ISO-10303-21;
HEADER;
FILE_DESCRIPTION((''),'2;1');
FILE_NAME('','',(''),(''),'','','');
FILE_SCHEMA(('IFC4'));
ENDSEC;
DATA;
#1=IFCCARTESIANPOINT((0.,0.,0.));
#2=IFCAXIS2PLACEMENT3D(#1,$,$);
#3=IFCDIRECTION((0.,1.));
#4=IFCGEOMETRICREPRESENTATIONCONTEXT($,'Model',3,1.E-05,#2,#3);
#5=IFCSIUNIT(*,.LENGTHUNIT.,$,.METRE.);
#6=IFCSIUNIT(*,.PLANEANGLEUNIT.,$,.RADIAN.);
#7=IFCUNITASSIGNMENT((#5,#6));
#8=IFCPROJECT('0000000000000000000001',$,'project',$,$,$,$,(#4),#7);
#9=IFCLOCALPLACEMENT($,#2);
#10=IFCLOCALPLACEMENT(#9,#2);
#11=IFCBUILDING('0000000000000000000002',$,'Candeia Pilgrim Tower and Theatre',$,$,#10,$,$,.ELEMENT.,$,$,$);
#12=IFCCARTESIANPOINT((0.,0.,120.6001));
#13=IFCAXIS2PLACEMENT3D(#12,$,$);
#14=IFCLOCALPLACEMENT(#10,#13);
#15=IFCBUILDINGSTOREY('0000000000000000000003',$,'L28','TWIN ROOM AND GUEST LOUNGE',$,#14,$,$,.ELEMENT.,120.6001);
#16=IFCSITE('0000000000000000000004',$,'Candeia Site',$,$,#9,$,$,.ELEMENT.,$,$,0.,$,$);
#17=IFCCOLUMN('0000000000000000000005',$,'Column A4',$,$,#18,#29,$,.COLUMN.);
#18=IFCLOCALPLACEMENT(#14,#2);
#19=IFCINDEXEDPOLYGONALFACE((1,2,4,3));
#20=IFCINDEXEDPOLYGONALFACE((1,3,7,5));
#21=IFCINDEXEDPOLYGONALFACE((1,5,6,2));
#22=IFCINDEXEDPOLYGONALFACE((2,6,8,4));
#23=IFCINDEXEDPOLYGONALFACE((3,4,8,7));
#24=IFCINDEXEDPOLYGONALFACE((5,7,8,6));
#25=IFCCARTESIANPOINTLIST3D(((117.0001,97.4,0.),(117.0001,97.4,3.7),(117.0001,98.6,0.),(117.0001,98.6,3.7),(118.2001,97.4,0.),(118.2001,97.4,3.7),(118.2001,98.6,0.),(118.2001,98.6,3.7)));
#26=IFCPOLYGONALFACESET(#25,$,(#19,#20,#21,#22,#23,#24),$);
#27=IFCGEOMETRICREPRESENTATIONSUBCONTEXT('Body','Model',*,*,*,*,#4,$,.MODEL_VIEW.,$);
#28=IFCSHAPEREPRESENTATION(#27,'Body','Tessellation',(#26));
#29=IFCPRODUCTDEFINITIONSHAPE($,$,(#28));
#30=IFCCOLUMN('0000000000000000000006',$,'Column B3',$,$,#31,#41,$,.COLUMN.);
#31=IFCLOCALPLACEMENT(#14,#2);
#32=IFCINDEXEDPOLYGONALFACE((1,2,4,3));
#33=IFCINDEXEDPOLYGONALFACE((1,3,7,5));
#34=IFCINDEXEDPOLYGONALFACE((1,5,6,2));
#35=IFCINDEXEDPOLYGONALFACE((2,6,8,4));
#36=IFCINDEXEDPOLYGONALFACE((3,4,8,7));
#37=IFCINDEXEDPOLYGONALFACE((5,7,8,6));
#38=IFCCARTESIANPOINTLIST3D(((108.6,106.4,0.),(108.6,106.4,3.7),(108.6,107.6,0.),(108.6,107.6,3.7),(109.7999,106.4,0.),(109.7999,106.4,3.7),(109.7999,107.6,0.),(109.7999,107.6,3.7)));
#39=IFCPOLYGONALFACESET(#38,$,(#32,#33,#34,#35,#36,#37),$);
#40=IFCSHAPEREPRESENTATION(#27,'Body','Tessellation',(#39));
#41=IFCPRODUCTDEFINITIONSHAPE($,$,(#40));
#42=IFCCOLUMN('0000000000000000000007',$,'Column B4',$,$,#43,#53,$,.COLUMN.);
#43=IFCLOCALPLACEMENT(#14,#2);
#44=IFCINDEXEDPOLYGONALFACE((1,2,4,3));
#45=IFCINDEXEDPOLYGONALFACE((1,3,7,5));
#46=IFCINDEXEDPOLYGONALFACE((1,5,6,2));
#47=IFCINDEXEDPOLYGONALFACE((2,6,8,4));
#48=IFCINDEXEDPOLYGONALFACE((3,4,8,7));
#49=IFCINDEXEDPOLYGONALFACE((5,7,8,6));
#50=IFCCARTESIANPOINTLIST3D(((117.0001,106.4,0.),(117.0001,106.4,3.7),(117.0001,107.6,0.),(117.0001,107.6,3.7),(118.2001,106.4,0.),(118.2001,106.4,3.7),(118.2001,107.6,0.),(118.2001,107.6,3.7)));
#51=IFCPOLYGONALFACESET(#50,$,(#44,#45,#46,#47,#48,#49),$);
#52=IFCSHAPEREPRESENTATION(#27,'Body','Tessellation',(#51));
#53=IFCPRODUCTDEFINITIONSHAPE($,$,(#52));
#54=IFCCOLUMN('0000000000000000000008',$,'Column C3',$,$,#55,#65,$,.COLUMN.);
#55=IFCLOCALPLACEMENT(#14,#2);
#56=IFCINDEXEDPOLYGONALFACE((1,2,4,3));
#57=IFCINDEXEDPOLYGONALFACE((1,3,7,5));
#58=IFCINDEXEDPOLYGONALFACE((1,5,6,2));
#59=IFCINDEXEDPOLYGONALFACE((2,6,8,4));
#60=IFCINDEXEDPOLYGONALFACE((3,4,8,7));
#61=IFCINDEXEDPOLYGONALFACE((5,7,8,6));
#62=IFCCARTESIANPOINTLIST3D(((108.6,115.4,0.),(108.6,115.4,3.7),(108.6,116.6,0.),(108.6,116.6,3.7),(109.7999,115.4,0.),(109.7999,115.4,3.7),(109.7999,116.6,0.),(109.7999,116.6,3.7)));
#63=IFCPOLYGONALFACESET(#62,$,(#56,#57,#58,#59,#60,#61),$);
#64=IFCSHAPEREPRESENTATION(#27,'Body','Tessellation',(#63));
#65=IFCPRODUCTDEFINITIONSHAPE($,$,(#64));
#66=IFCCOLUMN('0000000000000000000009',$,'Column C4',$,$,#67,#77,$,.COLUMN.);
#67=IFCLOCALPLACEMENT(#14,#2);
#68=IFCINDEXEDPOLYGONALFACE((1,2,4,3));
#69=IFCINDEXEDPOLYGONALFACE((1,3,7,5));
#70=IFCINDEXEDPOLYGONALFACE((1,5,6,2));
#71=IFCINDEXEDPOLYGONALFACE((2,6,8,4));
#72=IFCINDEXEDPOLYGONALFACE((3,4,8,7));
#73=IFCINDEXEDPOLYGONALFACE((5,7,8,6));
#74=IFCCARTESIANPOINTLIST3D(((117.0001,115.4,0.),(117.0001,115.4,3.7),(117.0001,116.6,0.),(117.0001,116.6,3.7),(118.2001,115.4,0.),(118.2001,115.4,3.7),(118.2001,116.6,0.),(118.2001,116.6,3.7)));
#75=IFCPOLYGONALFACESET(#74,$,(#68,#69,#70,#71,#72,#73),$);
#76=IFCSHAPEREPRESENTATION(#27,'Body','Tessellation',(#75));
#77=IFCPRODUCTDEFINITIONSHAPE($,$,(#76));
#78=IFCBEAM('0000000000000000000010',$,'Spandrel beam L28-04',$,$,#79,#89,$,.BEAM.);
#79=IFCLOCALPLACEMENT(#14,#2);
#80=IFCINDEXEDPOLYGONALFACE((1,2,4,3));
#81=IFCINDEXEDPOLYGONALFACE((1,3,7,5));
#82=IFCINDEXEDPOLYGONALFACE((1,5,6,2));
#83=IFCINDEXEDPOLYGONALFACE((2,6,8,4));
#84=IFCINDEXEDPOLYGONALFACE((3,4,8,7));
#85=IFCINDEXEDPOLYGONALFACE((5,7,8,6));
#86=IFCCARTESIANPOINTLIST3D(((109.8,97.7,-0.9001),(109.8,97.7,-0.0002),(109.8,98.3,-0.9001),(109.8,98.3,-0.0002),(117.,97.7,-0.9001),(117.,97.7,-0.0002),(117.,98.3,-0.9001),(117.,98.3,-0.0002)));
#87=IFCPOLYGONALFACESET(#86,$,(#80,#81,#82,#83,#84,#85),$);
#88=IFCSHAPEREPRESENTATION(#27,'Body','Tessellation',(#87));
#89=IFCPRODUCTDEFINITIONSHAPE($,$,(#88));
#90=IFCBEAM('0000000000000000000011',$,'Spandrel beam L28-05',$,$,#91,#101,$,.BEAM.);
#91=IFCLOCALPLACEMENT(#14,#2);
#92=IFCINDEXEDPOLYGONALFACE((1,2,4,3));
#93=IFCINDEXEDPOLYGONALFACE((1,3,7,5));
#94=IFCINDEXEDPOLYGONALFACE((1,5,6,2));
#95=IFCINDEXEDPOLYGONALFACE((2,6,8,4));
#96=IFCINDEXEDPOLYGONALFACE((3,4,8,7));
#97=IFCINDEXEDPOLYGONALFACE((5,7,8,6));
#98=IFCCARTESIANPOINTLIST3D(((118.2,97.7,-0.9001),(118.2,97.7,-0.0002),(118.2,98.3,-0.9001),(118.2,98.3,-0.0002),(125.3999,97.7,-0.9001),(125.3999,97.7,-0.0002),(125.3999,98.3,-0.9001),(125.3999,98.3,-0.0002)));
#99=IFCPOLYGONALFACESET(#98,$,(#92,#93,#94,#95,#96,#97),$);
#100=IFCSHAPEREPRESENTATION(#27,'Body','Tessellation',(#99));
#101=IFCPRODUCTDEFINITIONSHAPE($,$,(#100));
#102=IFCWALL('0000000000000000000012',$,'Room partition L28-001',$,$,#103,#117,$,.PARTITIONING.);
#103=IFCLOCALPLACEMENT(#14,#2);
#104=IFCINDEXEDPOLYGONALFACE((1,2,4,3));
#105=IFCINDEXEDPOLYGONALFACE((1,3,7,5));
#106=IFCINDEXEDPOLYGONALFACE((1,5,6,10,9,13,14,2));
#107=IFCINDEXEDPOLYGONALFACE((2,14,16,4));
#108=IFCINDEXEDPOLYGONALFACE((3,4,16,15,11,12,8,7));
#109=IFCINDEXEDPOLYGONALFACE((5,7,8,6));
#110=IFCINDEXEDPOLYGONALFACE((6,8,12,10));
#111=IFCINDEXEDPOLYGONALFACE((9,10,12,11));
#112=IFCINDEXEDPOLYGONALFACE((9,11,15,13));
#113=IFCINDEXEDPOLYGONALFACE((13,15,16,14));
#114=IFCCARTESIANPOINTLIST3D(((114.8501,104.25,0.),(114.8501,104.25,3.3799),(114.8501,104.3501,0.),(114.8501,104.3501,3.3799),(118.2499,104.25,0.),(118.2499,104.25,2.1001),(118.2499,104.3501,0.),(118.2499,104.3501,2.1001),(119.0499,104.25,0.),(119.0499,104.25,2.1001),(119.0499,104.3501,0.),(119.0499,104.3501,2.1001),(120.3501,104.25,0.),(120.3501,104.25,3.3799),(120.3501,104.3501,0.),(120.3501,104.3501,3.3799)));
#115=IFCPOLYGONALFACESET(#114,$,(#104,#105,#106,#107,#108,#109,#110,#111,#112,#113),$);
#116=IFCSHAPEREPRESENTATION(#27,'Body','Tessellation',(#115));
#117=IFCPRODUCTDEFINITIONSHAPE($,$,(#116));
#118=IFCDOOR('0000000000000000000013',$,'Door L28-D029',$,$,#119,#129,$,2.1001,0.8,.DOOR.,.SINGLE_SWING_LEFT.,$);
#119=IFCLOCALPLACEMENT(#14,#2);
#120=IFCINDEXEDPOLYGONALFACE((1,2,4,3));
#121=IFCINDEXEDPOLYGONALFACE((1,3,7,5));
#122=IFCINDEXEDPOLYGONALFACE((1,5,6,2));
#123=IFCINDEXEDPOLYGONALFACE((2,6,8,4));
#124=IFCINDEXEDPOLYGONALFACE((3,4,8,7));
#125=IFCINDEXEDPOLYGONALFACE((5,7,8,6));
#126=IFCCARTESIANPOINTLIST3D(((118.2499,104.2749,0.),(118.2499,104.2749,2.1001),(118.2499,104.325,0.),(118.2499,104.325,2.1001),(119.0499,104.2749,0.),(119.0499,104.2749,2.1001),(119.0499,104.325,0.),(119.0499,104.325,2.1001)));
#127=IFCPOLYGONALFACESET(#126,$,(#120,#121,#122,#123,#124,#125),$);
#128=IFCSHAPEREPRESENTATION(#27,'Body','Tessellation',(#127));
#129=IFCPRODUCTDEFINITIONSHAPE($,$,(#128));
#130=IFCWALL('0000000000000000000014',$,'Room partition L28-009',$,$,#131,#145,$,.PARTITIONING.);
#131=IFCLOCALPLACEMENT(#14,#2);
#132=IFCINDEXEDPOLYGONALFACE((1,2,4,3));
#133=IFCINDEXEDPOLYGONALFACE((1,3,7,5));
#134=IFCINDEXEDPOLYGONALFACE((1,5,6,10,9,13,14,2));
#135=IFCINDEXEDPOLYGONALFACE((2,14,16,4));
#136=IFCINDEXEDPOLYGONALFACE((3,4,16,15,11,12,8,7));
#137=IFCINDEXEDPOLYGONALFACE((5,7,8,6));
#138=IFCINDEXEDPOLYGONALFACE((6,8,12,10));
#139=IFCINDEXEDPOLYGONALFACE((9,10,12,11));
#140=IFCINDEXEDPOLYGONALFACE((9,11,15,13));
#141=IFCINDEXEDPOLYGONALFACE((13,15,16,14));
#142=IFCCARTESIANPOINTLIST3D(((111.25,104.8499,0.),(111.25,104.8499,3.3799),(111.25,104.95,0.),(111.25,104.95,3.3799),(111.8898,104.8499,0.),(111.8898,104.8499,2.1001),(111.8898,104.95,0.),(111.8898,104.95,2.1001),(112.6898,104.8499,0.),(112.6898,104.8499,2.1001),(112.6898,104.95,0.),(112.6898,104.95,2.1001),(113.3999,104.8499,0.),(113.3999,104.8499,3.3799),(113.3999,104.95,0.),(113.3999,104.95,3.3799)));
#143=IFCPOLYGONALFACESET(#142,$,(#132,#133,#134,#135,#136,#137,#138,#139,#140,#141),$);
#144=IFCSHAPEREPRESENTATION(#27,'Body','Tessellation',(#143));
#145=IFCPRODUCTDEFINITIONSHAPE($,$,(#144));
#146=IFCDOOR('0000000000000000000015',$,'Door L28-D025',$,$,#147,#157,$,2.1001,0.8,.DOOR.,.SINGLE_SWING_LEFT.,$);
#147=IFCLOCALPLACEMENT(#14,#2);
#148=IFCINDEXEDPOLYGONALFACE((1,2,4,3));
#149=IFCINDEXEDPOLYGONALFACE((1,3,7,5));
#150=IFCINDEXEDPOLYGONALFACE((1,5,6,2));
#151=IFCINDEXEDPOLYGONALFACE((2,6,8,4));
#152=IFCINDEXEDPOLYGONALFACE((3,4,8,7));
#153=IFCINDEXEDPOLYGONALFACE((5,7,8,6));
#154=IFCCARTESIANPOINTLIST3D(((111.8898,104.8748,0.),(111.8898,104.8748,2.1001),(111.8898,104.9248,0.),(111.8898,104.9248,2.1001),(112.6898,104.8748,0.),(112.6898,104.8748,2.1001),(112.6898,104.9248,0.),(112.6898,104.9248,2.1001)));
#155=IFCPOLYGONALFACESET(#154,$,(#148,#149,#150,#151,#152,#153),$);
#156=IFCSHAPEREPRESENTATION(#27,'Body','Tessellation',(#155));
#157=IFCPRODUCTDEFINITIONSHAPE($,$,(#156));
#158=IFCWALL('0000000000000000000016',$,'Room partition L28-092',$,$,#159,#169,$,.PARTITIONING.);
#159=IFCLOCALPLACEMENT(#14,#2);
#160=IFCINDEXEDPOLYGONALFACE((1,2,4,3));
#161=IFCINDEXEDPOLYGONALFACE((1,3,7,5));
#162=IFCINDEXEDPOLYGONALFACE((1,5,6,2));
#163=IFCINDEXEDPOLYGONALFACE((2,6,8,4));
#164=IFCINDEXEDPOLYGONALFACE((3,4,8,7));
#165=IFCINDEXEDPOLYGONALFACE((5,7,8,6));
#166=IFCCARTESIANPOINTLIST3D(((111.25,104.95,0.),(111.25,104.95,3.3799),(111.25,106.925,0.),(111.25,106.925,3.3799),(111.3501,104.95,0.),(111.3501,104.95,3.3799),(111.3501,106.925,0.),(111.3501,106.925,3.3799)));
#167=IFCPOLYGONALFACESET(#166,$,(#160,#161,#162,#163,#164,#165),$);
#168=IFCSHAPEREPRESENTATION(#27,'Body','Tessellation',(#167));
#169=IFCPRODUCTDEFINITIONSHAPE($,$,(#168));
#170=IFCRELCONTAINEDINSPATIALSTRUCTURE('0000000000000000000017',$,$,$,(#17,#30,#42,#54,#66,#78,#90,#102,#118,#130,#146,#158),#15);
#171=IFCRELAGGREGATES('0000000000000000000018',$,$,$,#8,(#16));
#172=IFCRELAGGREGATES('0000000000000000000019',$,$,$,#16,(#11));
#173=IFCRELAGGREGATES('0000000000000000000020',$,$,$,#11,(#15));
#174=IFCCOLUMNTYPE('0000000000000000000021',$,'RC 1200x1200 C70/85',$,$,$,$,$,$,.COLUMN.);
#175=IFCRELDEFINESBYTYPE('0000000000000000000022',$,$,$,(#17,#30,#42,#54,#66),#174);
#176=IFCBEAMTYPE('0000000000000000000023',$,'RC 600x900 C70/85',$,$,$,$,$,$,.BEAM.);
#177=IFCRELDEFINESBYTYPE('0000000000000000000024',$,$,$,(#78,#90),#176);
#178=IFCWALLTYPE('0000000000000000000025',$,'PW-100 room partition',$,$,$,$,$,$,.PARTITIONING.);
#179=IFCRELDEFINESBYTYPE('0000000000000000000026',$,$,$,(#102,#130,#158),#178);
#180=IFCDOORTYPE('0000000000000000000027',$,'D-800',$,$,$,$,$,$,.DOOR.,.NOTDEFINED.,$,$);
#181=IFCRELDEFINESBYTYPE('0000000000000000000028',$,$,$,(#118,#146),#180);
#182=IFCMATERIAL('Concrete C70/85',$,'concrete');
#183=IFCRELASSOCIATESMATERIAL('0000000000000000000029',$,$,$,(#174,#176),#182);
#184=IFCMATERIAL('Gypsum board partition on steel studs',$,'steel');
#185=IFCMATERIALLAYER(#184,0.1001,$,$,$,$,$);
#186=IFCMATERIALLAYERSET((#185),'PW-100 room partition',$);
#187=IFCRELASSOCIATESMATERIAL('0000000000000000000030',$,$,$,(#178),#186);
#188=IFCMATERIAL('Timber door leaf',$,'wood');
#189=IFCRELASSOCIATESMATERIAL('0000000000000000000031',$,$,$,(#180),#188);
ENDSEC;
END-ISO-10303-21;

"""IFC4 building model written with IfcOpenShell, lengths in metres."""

from ifc_helpers import new_model, si_unit, direction, frame, frame_2d, origin, origin_2d, place, context, subcontext, project, spatial, rectangle, extrude, material, layer, layer_set, material_profile, profile_set, type_object, element, fill, save


model = new_model("IFC4")

# Units and contexts
model_context = context("Model", 3, precision=1e-05, world=origin(), true_north=direction((0.0, 1.0)))
body_context = subcontext(model_context, "Body", "Model", "MODEL_VIEW")
ifc_project = project(units=[si_unit("LENGTHUNIT", "METRE"), si_unit("PLANEANGLEUNIT", "RADIAN")], contexts=[model_context])

# Site, building, storey
site_placement = place(None, origin())
site = spatial("IfcSite", under=ifc_project, at=site_placement, Name="Candeia Site", CompositionType="ELEMENT", RefElevation=0.0)
building_placement = place(site_placement, origin())
building = spatial("IfcBuilding", under=site, at=building_placement, Name="Candeia Pilgrim Tower and Theatre", CompositionType="ELEMENT")
storey_placement = place(building_placement, frame((0.0, 0.0, 120.6001)))
storey = spatial("IfcBuildingStorey", under=building, at=storey_placement, Name="L28", Description="TWIN ROOM AND GUEST LOUNGE", CompositionType="ELEMENT", Elevation=120.6001)

# Columns
ifc_material_1 = material(Name="Concrete C70/85", Category="concrete")
ifc_material_profile_1 = material_profile(ifc_material_1, rectangle(XDim=1.2, YDim=1.2, at=origin_2d()))
ifc_profile_set_1 = profile_set([ifc_material_profile_1], Name="Concrete C70/85")
column_type = type_object("IfcColumnType", Name="RC 1200x1200 C70/85", PredefinedType="COLUMN", material=ifc_profile_set_1)
for number, where, z_axis, x_axis, name in (
    (1, (117.6001, 98.0, 0.0), (0.0, 0.0, 1.0), (1.0, 0.0, 0.0), "Column A4"),
    (2, (109.2, 107.0, 0.0), (0.0, 0.0, 1.0), (1.0, 0.0, 0.0), "Column B3"),
    (3, (117.6001, 107.0, 0.0), (0.0, 0.0, 1.0), (1.0, 0.0, 0.0), "Column B4"),
    (4, (109.2, 116.0, 0.0), (0.0, 0.0, 1.0), (1.0, 0.0, 0.0), "Column C3"),
    (5, (117.6001, 116.0, 0.0), (0.0, 0.0, 1.0), (1.0, 0.0, 0.0), "Column C4"),
):
    element("IfcColumn", number, at=place(storey_placement, frame(where, z_axis=z_axis, x_axis=x_axis)), inside=storey, type_object=column_type, Name=name, PredefinedType="COLUMN", context=body_context, shape_type="SweptSolid", body=[
        extrude(rectangle(XDim=1.2, YDim=1.2, at=origin_2d()), origin(), (0.0, 0.0, 1.0), 3.7),
    ])

# Beams
ifc_material_profile_2 = material_profile(ifc_material_1, rectangle(XDim=0.6001, YDim=0.8999, at=origin_2d()))
ifc_profile_set_2 = profile_set([ifc_material_profile_2], Name="Concrete C70/85")
beam_type = type_object("IfcBeamType", Name="RC 600x900 C70/85", PredefinedType="BEAM", material=ifc_profile_set_2)
for number, where, z_axis, x_axis, name in (
    (6, (109.8, 98.0, -0.4502), (1.0, 0.0, 0.0), (0.0, 1.0, 0.0), "Spandrel beam L28-04"),
    (7, (118.2, 98.0, -0.4502), (1.0, 0.0, 0.0), (0.0, 1.0, 0.0), "Spandrel beam L28-05"),
):
    element("IfcBeam", number, at=place(storey_placement, frame(where, z_axis=z_axis, x_axis=x_axis)), inside=storey, type_object=beam_type, Name=name, PredefinedType="BEAM", context=body_context, shape_type="SweptSolid", body=[
        extrude(rectangle(XDim=0.6001, YDim=0.8999, at=origin_2d()), origin(), (0.0, 0.0, 1.0), 7.2),
    ])

# Walls, openings, doors
ifc_material_2 = material(Name="Gypsum board partition on steel studs", Category="steel")
ifc_layer_1 = layer(ifc_material_2, 0.1001)
ifc_layer_set_1 = layer_set([ifc_layer_1], Name="PW-100 room partition")
wall_type_1 = type_object("IfcWallType", Name="PW-100 room partition", PredefinedType="PARTITIONING", material=ifc_layer_set_1)
wall_1_placement = place(storey_placement, frame((114.8501, 104.3, 0.0), z_axis=(0.0, 0.0, 1.0), x_axis=(1.0, 0.0, 0.0)))
wall_1 = element("IfcWall", 8, at=wall_1_placement, inside=storey, type_object=wall_type_1, Name="Room partition L28-001", PredefinedType="PARTITIONING", context=body_context, shape_type="SweptSolid", body=[
    extrude(rectangle(XDim=5.5, YDim=0.1001, at=frame_2d((2.75, 0.0))), origin(), (0.0, 0.0, 1.0), 3.3799),
])
opening_1_placement = place(wall_1_placement, frame((3.3999, 0.0, 0.0)))
opening_1 = element("IfcOpeningElement", 9, at=opening_1_placement, cuts=wall_1, PredefinedType="OPENING", context=body_context, shape_type="SweptSolid", body=[
    extrude(rectangle(XDim=0.8, YDim=2.1001, at=frame_2d((0.3999, 1.05))), frame((0.0, 0.0601, 0.0), z_axis=(0.0, -1.0, 0.0), x_axis=(1.0, 0.0, 0.0)), (0.0, 0.0, 1.0), 0.1201),
])
ifc_material_3 = material(Name="Timber door leaf", Category="wood")
door_type_1 = type_object("IfcDoorType", Name="D-800", OperationType="NOTDEFINED", PredefinedType="DOOR", material=ifc_material_3)
door_1_placement = place(opening_1_placement, origin())
door_1 = element("IfcDoor", 10, at=door_1_placement, inside=storey, type_object=door_type_1, Name="Door L28-D029", OperationType="SINGLE_SWING_LEFT", OverallHeight=2.1001, OverallWidth=0.8, PredefinedType="DOOR", context=body_context, shape_type="SweptSolid", body=[
    extrude(rectangle(XDim=0.8, YDim=2.1001, at=frame_2d((0.3999, 1.05))), frame((0.0, 0.0249, 0.0), z_axis=(0.0, -1.0, 0.0), x_axis=(1.0, 0.0, 0.0)), (0.0, 0.0, 1.0), 0.05),
])
fill(opening_1, door_1)
wall_2_placement = place(storey_placement, frame((111.25, 104.8999, 0.0), z_axis=(0.0, 0.0, 1.0), x_axis=(1.0, 0.0, 0.0)))
wall_2 = element("IfcWall", 11, at=wall_2_placement, inside=storey, type_object=wall_type_1, Name="Room partition L28-009", PredefinedType="PARTITIONING", context=body_context, shape_type="SweptSolid", body=[
    extrude(rectangle(XDim=2.1499, YDim=0.1001, at=frame_2d((1.075, 0.0))), origin(), (0.0, 0.0, 1.0), 3.3799),
])
opening_2_placement = place(wall_2_placement, frame((0.6399, 0.0, 0.0)))
opening_2 = element("IfcOpeningElement", 12, at=opening_2_placement, cuts=wall_2, PredefinedType="OPENING", context=body_context, shape_type="SweptSolid", body=[
    extrude(rectangle(XDim=0.8, YDim=2.1001, at=frame_2d((0.3999, 1.05))), frame((0.0, 0.0601, 0.0), z_axis=(0.0, -1.0, 0.0), x_axis=(1.0, 0.0, 0.0)), (0.0, 0.0, 1.0), 0.1201),
])
door_2_placement = place(opening_2_placement, origin())
door_2 = element("IfcDoor", 13, at=door_2_placement, inside=storey, type_object=door_type_1, Name="Door L28-D025", OperationType="SINGLE_SWING_LEFT", OverallHeight=2.1001, OverallWidth=0.8, PredefinedType="DOOR", context=body_context, shape_type="SweptSolid", body=[
    extrude(rectangle(XDim=0.8, YDim=2.1001, at=frame_2d((0.3999, 1.05))), frame((0.0, 0.0249, 0.0), z_axis=(0.0, -1.0, 0.0), x_axis=(1.0, 0.0, 0.0)), (0.0, 0.0, 1.0), 0.05),
])
fill(opening_2, door_2)

# Wall
wall_3_placement = place(storey_placement, frame((111.3, 104.95, 0.0), z_axis=(0.0, 0.0, 1.0), x_axis=(0.0, 1.0, 0.0)))
element("IfcWall", 14, at=wall_3_placement, inside=storey, type_object=wall_type_1, Name="Room partition L28-092", PredefinedType="PARTITIONING", context=body_context, shape_type="SweptSolid", body=[
    extrude(rectangle(XDim=1.9751, YDim=0.1001, at=frame_2d((0.9875, 0.0))), origin(), (0.0, 0.0, 1.0), 3.3799),
])

save(model, "model.ifc")
